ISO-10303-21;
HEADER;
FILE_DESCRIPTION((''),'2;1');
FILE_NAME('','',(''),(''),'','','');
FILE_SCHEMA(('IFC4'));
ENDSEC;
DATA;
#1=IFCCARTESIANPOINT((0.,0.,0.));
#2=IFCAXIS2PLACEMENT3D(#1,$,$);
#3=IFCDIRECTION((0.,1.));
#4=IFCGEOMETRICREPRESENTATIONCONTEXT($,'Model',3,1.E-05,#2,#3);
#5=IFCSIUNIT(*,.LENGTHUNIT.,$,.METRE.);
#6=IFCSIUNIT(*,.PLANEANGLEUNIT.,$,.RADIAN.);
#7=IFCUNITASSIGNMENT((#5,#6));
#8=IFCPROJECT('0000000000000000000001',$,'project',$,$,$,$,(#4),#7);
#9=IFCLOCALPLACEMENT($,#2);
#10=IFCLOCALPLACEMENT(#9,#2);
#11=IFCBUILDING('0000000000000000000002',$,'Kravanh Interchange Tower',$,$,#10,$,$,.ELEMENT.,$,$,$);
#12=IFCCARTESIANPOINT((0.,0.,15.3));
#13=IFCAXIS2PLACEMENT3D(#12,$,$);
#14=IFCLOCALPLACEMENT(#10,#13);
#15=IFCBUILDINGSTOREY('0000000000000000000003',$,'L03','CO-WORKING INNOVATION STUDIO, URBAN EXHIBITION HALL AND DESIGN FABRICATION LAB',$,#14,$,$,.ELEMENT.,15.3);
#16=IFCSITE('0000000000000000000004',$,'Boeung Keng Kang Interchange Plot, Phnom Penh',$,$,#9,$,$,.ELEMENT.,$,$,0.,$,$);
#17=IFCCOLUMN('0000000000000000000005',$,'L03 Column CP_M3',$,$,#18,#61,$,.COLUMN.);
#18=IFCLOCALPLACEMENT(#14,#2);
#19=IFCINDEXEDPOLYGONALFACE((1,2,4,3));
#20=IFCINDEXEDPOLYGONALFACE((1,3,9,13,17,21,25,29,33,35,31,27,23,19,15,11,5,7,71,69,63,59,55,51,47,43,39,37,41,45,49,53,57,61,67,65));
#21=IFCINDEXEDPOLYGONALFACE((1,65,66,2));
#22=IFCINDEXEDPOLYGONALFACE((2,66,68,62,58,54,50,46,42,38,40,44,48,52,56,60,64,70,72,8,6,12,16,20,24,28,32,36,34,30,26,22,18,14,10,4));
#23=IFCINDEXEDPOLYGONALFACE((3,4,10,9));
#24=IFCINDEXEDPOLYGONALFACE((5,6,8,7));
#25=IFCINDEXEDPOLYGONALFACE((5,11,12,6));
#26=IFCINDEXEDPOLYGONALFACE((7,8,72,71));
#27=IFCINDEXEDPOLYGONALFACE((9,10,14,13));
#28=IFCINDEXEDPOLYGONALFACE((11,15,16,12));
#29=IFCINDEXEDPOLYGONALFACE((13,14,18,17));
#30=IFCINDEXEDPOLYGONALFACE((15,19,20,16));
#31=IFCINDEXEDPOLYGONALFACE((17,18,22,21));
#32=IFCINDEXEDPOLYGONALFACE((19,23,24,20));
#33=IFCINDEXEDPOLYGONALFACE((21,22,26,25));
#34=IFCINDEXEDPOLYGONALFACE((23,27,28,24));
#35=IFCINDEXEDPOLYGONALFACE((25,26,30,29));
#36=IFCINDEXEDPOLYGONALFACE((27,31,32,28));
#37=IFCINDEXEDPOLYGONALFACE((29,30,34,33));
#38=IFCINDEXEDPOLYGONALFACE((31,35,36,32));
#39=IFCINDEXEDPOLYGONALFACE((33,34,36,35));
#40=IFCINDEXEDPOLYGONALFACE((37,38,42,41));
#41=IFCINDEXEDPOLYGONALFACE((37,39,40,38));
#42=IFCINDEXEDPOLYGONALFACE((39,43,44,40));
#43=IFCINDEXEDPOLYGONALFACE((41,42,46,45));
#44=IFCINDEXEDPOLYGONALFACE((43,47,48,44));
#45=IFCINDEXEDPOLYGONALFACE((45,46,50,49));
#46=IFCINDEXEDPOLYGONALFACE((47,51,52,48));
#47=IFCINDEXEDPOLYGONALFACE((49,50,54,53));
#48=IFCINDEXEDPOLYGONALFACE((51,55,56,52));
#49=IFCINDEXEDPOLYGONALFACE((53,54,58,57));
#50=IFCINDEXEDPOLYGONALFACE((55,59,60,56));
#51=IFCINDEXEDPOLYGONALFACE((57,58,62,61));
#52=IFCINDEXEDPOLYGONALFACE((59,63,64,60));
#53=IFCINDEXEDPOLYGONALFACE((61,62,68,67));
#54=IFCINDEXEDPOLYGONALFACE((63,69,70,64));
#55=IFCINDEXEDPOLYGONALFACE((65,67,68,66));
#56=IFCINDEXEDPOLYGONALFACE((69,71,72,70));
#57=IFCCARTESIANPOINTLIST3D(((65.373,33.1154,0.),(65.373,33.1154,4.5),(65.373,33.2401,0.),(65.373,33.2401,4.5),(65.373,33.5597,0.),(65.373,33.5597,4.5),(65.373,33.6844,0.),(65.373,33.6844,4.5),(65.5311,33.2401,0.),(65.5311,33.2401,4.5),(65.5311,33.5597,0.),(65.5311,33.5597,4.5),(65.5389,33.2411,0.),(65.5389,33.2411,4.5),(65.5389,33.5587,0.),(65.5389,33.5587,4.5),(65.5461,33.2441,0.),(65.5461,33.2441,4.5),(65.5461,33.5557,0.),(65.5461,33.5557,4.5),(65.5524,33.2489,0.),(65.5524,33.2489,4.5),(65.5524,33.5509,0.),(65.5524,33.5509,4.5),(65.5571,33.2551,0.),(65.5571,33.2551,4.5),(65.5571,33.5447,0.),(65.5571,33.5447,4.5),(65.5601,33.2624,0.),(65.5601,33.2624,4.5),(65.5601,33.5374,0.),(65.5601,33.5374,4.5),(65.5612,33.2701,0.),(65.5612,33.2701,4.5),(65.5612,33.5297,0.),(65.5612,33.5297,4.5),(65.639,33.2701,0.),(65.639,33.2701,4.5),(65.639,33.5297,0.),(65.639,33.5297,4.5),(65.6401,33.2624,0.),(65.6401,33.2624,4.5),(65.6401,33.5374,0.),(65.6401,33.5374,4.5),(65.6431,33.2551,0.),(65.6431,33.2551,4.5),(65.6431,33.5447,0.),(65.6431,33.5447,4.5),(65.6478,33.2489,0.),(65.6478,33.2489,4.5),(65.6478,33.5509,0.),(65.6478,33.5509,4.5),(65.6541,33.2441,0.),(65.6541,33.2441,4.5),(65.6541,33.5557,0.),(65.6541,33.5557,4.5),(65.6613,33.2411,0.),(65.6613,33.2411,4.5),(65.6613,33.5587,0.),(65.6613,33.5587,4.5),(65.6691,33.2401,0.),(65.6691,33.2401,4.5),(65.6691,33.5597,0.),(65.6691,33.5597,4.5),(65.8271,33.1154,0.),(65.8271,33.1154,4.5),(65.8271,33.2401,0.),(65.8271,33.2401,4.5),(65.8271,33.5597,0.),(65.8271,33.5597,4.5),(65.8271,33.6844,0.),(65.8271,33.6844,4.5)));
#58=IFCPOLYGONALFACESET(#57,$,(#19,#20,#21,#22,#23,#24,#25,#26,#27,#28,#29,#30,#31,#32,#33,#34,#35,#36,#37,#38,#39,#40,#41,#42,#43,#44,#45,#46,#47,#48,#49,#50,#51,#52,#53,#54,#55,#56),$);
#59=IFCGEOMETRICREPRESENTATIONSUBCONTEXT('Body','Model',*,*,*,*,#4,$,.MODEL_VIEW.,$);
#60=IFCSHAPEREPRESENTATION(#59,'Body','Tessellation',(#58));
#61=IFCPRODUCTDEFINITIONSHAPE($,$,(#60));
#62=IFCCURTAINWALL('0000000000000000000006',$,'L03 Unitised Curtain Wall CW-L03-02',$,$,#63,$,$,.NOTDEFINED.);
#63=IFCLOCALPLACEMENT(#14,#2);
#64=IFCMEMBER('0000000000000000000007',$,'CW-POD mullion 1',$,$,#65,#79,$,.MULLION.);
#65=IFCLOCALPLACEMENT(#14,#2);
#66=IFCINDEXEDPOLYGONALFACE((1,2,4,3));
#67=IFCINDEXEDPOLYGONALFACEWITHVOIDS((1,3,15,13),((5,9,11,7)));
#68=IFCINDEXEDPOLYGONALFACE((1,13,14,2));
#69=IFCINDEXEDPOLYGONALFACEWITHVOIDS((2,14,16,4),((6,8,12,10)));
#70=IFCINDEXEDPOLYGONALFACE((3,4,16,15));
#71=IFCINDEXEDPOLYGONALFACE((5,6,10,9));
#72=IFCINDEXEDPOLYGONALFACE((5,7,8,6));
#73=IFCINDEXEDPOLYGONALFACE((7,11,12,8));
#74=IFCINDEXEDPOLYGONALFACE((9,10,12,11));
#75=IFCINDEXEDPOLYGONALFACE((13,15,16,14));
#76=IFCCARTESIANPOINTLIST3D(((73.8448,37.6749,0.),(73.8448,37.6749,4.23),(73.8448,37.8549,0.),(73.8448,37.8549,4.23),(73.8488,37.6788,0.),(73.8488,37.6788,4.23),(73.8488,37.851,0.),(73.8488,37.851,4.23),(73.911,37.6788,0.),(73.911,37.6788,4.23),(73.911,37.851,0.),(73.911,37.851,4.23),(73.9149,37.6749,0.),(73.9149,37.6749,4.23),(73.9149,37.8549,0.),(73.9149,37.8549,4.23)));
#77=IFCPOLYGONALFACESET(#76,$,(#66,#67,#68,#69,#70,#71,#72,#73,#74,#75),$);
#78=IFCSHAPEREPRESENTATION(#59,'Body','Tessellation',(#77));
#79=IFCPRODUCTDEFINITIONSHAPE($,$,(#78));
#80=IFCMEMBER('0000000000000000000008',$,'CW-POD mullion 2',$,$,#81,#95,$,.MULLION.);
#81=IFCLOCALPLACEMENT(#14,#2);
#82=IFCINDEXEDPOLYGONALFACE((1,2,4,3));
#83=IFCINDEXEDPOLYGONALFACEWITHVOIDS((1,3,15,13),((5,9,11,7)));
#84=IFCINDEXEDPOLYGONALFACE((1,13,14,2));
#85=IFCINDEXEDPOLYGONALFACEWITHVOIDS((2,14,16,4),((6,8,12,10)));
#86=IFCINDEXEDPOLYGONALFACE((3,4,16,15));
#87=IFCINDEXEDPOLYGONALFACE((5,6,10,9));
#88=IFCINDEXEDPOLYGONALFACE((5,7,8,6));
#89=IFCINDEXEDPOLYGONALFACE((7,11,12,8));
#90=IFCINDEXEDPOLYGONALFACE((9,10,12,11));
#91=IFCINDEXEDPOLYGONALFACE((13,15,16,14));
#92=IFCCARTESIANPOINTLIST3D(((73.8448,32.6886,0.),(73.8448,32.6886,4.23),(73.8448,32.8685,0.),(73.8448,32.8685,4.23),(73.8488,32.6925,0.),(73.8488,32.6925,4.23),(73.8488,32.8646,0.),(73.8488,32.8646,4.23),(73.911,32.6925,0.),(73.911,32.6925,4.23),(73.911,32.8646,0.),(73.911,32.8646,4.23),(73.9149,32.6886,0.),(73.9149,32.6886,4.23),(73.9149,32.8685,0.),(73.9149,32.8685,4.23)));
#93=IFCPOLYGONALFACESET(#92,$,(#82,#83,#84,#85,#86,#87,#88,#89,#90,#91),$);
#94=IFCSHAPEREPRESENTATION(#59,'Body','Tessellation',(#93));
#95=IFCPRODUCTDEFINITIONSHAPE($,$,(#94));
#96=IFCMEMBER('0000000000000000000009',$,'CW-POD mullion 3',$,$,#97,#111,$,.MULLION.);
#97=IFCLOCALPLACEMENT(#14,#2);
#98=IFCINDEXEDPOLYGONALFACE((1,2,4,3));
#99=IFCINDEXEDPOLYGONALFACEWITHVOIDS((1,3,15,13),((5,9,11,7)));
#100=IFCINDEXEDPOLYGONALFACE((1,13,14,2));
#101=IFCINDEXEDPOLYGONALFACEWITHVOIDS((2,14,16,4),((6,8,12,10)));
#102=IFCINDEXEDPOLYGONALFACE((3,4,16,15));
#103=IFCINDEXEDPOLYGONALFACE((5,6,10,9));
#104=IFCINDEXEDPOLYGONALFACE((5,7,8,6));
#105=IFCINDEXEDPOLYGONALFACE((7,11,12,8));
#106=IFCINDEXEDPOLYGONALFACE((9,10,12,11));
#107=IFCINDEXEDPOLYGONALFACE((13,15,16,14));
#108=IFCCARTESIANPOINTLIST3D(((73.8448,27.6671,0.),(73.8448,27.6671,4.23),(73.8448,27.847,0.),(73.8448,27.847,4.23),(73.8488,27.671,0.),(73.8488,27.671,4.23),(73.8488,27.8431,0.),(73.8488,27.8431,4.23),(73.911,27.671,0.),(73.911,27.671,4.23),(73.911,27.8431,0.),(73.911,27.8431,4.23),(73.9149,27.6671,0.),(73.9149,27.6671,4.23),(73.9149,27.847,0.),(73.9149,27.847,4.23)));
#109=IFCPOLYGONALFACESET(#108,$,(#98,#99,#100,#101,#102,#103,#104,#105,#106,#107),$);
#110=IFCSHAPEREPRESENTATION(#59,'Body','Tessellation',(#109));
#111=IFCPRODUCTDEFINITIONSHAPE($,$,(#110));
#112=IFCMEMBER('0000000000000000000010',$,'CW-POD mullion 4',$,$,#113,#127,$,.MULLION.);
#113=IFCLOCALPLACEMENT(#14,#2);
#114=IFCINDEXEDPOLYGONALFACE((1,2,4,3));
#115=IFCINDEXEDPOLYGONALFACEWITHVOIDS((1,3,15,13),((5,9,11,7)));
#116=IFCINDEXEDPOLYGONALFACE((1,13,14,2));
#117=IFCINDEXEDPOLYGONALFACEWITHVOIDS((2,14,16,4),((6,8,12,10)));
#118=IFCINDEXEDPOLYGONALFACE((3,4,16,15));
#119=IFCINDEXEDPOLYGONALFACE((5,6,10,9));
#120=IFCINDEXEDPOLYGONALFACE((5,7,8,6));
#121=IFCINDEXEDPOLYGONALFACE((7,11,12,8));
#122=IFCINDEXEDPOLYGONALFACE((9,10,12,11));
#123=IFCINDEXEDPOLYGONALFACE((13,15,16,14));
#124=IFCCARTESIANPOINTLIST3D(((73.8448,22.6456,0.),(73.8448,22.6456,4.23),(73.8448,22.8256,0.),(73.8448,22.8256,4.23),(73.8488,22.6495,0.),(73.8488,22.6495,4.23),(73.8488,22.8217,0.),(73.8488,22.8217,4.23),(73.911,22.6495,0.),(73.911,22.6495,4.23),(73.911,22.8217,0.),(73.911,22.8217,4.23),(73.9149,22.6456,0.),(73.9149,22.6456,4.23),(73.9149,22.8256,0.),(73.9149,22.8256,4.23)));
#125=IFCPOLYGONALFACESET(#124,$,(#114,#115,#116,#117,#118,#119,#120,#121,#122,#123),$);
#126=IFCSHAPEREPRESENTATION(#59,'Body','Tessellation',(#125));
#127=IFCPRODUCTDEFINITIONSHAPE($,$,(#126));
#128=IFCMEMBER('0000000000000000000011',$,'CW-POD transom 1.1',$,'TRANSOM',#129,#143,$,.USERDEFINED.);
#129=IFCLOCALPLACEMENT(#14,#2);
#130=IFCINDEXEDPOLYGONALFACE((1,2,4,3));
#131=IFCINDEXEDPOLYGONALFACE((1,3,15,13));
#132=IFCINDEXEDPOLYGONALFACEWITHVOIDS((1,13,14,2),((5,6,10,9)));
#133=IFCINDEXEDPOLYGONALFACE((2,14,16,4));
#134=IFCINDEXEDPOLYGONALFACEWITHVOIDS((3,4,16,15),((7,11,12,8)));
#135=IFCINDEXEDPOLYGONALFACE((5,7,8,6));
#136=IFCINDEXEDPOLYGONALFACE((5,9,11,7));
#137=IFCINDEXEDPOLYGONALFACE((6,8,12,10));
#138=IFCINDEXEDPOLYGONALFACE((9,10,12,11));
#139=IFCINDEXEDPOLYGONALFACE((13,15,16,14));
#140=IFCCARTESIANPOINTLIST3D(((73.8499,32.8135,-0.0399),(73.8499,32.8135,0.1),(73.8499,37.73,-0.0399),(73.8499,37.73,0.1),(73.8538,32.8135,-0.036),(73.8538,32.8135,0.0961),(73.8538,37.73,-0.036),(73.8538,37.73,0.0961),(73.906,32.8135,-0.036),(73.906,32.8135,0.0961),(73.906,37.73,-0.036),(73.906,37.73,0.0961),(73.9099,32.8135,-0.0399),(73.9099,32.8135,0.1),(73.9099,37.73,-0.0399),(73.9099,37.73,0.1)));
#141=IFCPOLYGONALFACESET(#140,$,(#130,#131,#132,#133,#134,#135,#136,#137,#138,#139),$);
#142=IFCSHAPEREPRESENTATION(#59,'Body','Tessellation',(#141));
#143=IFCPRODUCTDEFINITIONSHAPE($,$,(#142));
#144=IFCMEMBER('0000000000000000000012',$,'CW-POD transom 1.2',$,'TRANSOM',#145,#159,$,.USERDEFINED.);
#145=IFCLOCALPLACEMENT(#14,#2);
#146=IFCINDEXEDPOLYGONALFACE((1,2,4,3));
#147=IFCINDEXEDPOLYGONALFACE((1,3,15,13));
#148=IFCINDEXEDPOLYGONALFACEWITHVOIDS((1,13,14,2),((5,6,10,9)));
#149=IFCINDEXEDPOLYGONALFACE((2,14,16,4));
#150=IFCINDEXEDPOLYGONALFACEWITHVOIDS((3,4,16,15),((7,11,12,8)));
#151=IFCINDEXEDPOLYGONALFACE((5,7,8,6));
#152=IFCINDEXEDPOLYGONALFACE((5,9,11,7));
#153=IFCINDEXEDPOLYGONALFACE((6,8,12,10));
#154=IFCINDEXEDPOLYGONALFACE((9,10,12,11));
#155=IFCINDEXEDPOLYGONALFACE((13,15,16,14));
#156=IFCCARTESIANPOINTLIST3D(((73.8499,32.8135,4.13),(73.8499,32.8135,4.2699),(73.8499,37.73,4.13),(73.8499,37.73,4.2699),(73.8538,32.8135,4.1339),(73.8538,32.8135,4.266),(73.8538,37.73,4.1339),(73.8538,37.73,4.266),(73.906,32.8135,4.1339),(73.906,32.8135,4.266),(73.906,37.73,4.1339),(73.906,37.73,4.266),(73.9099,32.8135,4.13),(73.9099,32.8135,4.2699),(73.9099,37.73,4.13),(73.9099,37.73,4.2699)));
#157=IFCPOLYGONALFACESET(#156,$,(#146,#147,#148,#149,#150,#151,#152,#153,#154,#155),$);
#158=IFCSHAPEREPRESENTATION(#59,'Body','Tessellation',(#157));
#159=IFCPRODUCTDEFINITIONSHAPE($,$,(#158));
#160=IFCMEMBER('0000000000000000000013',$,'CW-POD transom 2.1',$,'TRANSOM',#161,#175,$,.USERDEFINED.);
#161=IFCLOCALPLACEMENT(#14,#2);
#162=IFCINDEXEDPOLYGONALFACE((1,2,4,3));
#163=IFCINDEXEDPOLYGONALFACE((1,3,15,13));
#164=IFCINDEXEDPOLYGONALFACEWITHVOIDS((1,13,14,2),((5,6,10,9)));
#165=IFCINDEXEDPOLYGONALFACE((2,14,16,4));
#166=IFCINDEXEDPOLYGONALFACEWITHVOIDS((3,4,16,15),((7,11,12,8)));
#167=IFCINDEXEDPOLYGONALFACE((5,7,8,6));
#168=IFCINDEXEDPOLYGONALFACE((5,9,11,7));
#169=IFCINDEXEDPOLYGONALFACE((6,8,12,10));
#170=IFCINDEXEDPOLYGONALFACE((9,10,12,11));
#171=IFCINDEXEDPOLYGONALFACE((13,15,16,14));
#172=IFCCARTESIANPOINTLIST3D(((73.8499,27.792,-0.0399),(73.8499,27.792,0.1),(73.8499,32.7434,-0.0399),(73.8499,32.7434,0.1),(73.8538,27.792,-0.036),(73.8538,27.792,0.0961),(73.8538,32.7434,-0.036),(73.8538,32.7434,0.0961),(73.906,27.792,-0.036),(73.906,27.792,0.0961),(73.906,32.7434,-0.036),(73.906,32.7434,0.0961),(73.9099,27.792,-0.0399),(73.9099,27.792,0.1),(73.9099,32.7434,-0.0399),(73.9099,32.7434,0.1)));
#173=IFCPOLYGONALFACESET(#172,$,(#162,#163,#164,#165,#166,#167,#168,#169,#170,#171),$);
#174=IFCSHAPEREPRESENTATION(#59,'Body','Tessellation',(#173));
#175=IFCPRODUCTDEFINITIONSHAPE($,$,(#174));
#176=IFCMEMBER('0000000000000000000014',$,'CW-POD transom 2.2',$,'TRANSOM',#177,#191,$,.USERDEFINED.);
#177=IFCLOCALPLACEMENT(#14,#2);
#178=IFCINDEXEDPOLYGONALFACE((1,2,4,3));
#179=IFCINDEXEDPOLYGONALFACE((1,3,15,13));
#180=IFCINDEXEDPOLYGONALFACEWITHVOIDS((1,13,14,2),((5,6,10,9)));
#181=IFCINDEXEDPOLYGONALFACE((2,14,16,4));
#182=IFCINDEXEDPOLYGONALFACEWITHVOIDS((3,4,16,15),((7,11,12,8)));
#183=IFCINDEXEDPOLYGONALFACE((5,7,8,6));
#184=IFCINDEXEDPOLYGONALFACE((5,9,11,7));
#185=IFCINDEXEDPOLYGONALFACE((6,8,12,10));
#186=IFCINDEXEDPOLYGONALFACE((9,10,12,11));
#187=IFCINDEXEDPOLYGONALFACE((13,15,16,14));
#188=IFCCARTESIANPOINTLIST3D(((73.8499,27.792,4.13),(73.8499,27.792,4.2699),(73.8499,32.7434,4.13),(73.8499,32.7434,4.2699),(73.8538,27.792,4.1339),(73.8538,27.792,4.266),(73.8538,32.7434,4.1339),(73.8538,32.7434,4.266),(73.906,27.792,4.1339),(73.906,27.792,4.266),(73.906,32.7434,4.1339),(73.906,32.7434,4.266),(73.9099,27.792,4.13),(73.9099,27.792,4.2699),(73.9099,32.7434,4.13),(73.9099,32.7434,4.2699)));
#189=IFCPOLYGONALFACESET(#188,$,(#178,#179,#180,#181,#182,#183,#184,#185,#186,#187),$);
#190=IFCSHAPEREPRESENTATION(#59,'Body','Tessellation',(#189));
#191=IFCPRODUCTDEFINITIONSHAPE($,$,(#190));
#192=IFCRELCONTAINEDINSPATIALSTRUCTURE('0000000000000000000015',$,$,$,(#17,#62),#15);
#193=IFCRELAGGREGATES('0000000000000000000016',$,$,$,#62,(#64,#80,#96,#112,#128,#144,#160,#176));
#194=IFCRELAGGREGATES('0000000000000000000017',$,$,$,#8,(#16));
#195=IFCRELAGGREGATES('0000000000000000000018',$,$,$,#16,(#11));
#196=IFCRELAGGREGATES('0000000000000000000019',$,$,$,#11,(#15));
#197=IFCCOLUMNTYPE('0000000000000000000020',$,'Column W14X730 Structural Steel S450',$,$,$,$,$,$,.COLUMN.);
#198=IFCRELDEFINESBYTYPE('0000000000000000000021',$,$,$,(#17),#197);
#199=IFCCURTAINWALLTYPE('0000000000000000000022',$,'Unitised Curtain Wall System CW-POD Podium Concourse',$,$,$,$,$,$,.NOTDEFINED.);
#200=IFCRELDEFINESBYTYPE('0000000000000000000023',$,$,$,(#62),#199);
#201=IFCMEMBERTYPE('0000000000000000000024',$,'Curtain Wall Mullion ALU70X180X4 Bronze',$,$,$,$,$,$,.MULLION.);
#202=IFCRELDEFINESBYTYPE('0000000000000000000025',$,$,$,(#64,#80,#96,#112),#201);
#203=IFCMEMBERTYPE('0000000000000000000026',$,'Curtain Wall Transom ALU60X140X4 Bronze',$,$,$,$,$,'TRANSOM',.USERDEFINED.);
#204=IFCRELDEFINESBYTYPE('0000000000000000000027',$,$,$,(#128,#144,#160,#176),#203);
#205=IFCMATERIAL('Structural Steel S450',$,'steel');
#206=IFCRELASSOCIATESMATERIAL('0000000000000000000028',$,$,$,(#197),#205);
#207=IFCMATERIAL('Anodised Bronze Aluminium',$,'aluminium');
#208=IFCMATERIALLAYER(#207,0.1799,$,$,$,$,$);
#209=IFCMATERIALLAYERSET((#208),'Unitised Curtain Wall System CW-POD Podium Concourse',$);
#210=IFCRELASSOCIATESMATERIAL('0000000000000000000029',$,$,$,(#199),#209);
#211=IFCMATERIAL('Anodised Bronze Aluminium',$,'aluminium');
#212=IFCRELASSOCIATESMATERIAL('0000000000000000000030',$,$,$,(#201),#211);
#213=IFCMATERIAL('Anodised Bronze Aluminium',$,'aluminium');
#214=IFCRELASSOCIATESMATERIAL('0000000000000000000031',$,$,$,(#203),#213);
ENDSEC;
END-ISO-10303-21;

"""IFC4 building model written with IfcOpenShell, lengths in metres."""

from ifc_helpers import new_model, si_unit, direction, frame, origin, origin_2d, place, context, subcontext, project, spatial, hollow_rectangle, i_section, extrude, material, layer, layer_set, material_profile, profile_set, type_object, element, aggregate, save


model = new_model("IFC4")

# Units and contexts
model_context = context("Model", 3, precision=1e-05, world=origin(), true_north=direction((0.0, 1.0)))
body_context = subcontext(model_context, "Body", "Model", "MODEL_VIEW")
ifc_project = project(units=[si_unit("LENGTHUNIT", "METRE"), si_unit("PLANEANGLEUNIT", "RADIAN")], contexts=[model_context])

# Site, building, storey
site_placement = place(None, origin())
site = spatial("IfcSite", under=ifc_project, at=site_placement, Name="Boeung Keng Kang Interchange Plot, Phnom Penh", CompositionType="ELEMENT", RefElevation=0.0)
building_placement = place(site_placement, origin())
building = spatial("IfcBuilding", under=site, at=building_placement, Name="Kravanh Interchange Tower", CompositionType="ELEMENT")
storey_placement = place(building_placement, frame((0.0, 0.0, 15.3)))
storey = spatial("IfcBuildingStorey", under=building, at=storey_placement, Name="L03", Description="CO-WORKING INNOVATION STUDIO, URBAN EXHIBITION HALL AND DESIGN FABRICATION LAB", CompositionType="ELEMENT", Elevation=15.3)

# Column
ifc_material_1 = material(Name="Structural Steel S450", Category="steel")
ifc_material_profile_1 = material_profile(ifc_material_1, i_section(OverallWidth=0.4541, OverallDepth=0.5691, WebThickness=0.0779, FlangeThickness=0.1248, FilletRadius=0.03, at=origin_2d()), Name="W14X730")
ifc_profile_set_1 = profile_set([ifc_material_profile_1], Name="Structural Steel S450")
column_type_1 = type_object("IfcColumnType", Name="Column W14X730 Structural Steel S450", PredefinedType="COLUMN", material=ifc_profile_set_1)
for number, where, z_axis, x_axis, name in (
    (1, (65.6001, 33.3999, 0.0), (0.0, 0.0, 1.0), (1.0, 0.0, 0.0), "L03 Column CP_M3"),
):
    element("IfcColumn", number, at=place(storey_placement, frame(where, z_axis=z_axis, x_axis=x_axis)), inside=storey, type_object=column_type_1, Name=name, PredefinedType="COLUMN", context=body_context, shape_type="SweptSolid", body=[
        extrude(i_section(OverallWidth=0.4541, OverallDepth=0.5691, WebThickness=0.0779, FlangeThickness=0.1248, FilletRadius=0.03, at=origin_2d()), origin(), (0.0, 0.0, 1.0), 4.5),
    ])

# Curtain wall, members
ifc_material_2 = material(Name="Anodised Bronze Aluminium", Category="aluminium")
ifc_layer_1 = layer(ifc_material_2, 0.1799)
ifc_layer_set_1 = layer_set([ifc_layer_1], Name="Unitised Curtain Wall System CW-POD Podium Concourse")
curtain_wall_type = type_object("IfcCurtainWallType", Name="Unitised Curtain Wall System CW-POD Podium Concourse", PredefinedType="NOTDEFINED", material=ifc_layer_set_1)
curtain_wall_placement = place(storey_placement, origin())
curtain_wall = element("IfcCurtainWall", 2, at=curtain_wall_placement, inside=storey, type_object=curtain_wall_type, Name="L03 Unitised Curtain Wall CW-L03-02", PredefinedType="NOTDEFINED")
ifc_material_3 = material(Name="Anodised Bronze Aluminium", Category="aluminium")
ifc_material_profile_2 = material_profile(ifc_material_3, hollow_rectangle(XDim=0.0701, YDim=0.1799, WallThickness=0.0039, at=origin_2d()), Name="ALU70X180X4")
ifc_profile_set_2 = profile_set([ifc_material_profile_2], Name="Anodised Bronze Aluminium")
member_type_1 = type_object("IfcMemberType", Name="Curtain Wall Mullion ALU70X180X4 Bronze", PredefinedType="MULLION", material=ifc_profile_set_2)
member_1_placement = place(storey_placement, frame((73.8799, 37.7649, 0.0), z_axis=(0.0, 0.0, 1.0), x_axis=(1.0, 0.0, 0.0)))
member_1 = element("IfcMember", 3, at=member_1_placement, type_object=member_type_1, Name="CW-POD mullion 1", PredefinedType="MULLION", context=body_context, shape_type="SweptSolid", body=[
    extrude(hollow_rectangle(XDim=0.0701, YDim=0.1799, WallThickness=0.0039, at=origin_2d()), origin(), (0.0, 0.0, 1.0), 4.23),
])
member_2_placement = place(storey_placement, frame((73.8799, 32.7786, 0.0), z_axis=(0.0, 0.0, 1.0), x_axis=(1.0, 0.0, 0.0)))
member_2 = element("IfcMember", 4, at=member_2_placement, type_object=member_type_1, Name="CW-POD mullion 2", PredefinedType="MULLION", context=body_context, shape_type="SweptSolid", body=[
    extrude(hollow_rectangle(XDim=0.0701, YDim=0.1799, WallThickness=0.0039, at=origin_2d()), origin(), (0.0, 0.0, 1.0), 4.23),
])
member_3_placement = place(storey_placement, frame((73.8799, 27.7571, 0.0), z_axis=(0.0, 0.0, 1.0), x_axis=(1.0, 0.0, 0.0)))
member_3 = element("IfcMember", 5, at=member_3_placement, type_object=member_type_1, Name="CW-POD mullion 3", PredefinedType="MULLION", context=body_context, shape_type="SweptSolid", body=[
    extrude(hollow_rectangle(XDim=0.0701, YDim=0.1799, WallThickness=0.0039, at=origin_2d()), origin(), (0.0, 0.0, 1.0), 4.23),
])
member_4_placement = place(storey_placement, frame((73.8799, 22.7356, 0.0), z_axis=(0.0, 0.0, 1.0), x_axis=(1.0, 0.0, 0.0)))
member_4 = element("IfcMember", 6, at=member_4_placement, type_object=member_type_1, Name="CW-POD mullion 4", PredefinedType="MULLION", context=body_context, shape_type="SweptSolid", body=[
    extrude(hollow_rectangle(XDim=0.0701, YDim=0.1799, WallThickness=0.0039, at=origin_2d()), origin(), (0.0, 0.0, 1.0), 4.23),
])
ifc_material_4 = material(Name="Anodised Bronze Aluminium", Category="aluminium")
ifc_material_profile_3 = material_profile(ifc_material_4, hollow_rectangle(XDim=0.0601, YDim=0.1399, WallThickness=0.0039, at=origin_2d()), Name="ALU60X140X4")
ifc_profile_set_3 = profile_set([ifc_material_profile_3], Name="Anodised Bronze Aluminium")
member_type_2 = type_object("IfcMemberType", Name="Curtain Wall Transom ALU60X140X4 Bronze", ElementType="TRANSOM", PredefinedType="USERDEFINED", material=ifc_profile_set_3)
member_5_placement = place(storey_placement, frame((73.8799, 37.73, 0.03), z_axis=(0.0, -1.0, 0.0), x_axis=(1.0, 0.0, 0.0)))
member_5 = element("IfcMember", 7, at=member_5_placement, type_object=member_type_2, Name="CW-POD transom 1.1", ObjectType="TRANSOM", PredefinedType="USERDEFINED", context=body_context, shape_type="SweptSolid", body=[
    extrude(hollow_rectangle(XDim=0.0601, YDim=0.1399, WallThickness=0.0039, at=origin_2d()), origin(), (0.0, 0.0, 1.0), 4.9165),
])
member_6_placement = place(storey_placement, frame((73.8799, 37.73, 4.2), z_axis=(0.0, -1.0, 0.0), x_axis=(1.0, 0.0, 0.0)))
member_6 = element("IfcMember", 8, at=member_6_placement, type_object=member_type_2, Name="CW-POD transom 1.2", ObjectType="TRANSOM", PredefinedType="USERDEFINED", context=body_context, shape_type="SweptSolid", body=[
    extrude(hollow_rectangle(XDim=0.0601, YDim=0.1399, WallThickness=0.0039, at=origin_2d()), origin(), (0.0, 0.0, 1.0), 4.9165),
])
member_7_placement = place(storey_placement, frame((73.8799, 32.7434, 0.03), z_axis=(0.0, -1.0, 0.0), x_axis=(1.0, 0.0, 0.0)))
member_7 = element("IfcMember", 9, at=member_7_placement, type_object=member_type_2, Name="CW-POD transom 2.1", ObjectType="TRANSOM", PredefinedType="USERDEFINED", context=body_context, shape_type="SweptSolid", body=[
    extrude(hollow_rectangle(XDim=0.0601, YDim=0.1399, WallThickness=0.0039, at=origin_2d()), origin(), (0.0, 0.0, 1.0), 4.9514),
])
member_8_placement = place(storey_placement, frame((73.8799, 32.7434, 4.2), z_axis=(0.0, -1.0, 0.0), x_axis=(1.0, 0.0, 0.0)))
member_8 = element("IfcMember", 10, at=member_8_placement, type_object=member_type_2, Name="CW-POD transom 2.2", ObjectType="TRANSOM", PredefinedType="USERDEFINED", context=body_context, shape_type="SweptSolid", body=[
    extrude(hollow_rectangle(XDim=0.0601, YDim=0.1399, WallThickness=0.0039, at=origin_2d()), origin(), (0.0, 0.0, 1.0), 4.9514),
])

aggregate(curtain_wall, [member_1, member_2, member_3, member_4, member_5, member_6, member_7, member_8])

save(model, "model.ifc")
